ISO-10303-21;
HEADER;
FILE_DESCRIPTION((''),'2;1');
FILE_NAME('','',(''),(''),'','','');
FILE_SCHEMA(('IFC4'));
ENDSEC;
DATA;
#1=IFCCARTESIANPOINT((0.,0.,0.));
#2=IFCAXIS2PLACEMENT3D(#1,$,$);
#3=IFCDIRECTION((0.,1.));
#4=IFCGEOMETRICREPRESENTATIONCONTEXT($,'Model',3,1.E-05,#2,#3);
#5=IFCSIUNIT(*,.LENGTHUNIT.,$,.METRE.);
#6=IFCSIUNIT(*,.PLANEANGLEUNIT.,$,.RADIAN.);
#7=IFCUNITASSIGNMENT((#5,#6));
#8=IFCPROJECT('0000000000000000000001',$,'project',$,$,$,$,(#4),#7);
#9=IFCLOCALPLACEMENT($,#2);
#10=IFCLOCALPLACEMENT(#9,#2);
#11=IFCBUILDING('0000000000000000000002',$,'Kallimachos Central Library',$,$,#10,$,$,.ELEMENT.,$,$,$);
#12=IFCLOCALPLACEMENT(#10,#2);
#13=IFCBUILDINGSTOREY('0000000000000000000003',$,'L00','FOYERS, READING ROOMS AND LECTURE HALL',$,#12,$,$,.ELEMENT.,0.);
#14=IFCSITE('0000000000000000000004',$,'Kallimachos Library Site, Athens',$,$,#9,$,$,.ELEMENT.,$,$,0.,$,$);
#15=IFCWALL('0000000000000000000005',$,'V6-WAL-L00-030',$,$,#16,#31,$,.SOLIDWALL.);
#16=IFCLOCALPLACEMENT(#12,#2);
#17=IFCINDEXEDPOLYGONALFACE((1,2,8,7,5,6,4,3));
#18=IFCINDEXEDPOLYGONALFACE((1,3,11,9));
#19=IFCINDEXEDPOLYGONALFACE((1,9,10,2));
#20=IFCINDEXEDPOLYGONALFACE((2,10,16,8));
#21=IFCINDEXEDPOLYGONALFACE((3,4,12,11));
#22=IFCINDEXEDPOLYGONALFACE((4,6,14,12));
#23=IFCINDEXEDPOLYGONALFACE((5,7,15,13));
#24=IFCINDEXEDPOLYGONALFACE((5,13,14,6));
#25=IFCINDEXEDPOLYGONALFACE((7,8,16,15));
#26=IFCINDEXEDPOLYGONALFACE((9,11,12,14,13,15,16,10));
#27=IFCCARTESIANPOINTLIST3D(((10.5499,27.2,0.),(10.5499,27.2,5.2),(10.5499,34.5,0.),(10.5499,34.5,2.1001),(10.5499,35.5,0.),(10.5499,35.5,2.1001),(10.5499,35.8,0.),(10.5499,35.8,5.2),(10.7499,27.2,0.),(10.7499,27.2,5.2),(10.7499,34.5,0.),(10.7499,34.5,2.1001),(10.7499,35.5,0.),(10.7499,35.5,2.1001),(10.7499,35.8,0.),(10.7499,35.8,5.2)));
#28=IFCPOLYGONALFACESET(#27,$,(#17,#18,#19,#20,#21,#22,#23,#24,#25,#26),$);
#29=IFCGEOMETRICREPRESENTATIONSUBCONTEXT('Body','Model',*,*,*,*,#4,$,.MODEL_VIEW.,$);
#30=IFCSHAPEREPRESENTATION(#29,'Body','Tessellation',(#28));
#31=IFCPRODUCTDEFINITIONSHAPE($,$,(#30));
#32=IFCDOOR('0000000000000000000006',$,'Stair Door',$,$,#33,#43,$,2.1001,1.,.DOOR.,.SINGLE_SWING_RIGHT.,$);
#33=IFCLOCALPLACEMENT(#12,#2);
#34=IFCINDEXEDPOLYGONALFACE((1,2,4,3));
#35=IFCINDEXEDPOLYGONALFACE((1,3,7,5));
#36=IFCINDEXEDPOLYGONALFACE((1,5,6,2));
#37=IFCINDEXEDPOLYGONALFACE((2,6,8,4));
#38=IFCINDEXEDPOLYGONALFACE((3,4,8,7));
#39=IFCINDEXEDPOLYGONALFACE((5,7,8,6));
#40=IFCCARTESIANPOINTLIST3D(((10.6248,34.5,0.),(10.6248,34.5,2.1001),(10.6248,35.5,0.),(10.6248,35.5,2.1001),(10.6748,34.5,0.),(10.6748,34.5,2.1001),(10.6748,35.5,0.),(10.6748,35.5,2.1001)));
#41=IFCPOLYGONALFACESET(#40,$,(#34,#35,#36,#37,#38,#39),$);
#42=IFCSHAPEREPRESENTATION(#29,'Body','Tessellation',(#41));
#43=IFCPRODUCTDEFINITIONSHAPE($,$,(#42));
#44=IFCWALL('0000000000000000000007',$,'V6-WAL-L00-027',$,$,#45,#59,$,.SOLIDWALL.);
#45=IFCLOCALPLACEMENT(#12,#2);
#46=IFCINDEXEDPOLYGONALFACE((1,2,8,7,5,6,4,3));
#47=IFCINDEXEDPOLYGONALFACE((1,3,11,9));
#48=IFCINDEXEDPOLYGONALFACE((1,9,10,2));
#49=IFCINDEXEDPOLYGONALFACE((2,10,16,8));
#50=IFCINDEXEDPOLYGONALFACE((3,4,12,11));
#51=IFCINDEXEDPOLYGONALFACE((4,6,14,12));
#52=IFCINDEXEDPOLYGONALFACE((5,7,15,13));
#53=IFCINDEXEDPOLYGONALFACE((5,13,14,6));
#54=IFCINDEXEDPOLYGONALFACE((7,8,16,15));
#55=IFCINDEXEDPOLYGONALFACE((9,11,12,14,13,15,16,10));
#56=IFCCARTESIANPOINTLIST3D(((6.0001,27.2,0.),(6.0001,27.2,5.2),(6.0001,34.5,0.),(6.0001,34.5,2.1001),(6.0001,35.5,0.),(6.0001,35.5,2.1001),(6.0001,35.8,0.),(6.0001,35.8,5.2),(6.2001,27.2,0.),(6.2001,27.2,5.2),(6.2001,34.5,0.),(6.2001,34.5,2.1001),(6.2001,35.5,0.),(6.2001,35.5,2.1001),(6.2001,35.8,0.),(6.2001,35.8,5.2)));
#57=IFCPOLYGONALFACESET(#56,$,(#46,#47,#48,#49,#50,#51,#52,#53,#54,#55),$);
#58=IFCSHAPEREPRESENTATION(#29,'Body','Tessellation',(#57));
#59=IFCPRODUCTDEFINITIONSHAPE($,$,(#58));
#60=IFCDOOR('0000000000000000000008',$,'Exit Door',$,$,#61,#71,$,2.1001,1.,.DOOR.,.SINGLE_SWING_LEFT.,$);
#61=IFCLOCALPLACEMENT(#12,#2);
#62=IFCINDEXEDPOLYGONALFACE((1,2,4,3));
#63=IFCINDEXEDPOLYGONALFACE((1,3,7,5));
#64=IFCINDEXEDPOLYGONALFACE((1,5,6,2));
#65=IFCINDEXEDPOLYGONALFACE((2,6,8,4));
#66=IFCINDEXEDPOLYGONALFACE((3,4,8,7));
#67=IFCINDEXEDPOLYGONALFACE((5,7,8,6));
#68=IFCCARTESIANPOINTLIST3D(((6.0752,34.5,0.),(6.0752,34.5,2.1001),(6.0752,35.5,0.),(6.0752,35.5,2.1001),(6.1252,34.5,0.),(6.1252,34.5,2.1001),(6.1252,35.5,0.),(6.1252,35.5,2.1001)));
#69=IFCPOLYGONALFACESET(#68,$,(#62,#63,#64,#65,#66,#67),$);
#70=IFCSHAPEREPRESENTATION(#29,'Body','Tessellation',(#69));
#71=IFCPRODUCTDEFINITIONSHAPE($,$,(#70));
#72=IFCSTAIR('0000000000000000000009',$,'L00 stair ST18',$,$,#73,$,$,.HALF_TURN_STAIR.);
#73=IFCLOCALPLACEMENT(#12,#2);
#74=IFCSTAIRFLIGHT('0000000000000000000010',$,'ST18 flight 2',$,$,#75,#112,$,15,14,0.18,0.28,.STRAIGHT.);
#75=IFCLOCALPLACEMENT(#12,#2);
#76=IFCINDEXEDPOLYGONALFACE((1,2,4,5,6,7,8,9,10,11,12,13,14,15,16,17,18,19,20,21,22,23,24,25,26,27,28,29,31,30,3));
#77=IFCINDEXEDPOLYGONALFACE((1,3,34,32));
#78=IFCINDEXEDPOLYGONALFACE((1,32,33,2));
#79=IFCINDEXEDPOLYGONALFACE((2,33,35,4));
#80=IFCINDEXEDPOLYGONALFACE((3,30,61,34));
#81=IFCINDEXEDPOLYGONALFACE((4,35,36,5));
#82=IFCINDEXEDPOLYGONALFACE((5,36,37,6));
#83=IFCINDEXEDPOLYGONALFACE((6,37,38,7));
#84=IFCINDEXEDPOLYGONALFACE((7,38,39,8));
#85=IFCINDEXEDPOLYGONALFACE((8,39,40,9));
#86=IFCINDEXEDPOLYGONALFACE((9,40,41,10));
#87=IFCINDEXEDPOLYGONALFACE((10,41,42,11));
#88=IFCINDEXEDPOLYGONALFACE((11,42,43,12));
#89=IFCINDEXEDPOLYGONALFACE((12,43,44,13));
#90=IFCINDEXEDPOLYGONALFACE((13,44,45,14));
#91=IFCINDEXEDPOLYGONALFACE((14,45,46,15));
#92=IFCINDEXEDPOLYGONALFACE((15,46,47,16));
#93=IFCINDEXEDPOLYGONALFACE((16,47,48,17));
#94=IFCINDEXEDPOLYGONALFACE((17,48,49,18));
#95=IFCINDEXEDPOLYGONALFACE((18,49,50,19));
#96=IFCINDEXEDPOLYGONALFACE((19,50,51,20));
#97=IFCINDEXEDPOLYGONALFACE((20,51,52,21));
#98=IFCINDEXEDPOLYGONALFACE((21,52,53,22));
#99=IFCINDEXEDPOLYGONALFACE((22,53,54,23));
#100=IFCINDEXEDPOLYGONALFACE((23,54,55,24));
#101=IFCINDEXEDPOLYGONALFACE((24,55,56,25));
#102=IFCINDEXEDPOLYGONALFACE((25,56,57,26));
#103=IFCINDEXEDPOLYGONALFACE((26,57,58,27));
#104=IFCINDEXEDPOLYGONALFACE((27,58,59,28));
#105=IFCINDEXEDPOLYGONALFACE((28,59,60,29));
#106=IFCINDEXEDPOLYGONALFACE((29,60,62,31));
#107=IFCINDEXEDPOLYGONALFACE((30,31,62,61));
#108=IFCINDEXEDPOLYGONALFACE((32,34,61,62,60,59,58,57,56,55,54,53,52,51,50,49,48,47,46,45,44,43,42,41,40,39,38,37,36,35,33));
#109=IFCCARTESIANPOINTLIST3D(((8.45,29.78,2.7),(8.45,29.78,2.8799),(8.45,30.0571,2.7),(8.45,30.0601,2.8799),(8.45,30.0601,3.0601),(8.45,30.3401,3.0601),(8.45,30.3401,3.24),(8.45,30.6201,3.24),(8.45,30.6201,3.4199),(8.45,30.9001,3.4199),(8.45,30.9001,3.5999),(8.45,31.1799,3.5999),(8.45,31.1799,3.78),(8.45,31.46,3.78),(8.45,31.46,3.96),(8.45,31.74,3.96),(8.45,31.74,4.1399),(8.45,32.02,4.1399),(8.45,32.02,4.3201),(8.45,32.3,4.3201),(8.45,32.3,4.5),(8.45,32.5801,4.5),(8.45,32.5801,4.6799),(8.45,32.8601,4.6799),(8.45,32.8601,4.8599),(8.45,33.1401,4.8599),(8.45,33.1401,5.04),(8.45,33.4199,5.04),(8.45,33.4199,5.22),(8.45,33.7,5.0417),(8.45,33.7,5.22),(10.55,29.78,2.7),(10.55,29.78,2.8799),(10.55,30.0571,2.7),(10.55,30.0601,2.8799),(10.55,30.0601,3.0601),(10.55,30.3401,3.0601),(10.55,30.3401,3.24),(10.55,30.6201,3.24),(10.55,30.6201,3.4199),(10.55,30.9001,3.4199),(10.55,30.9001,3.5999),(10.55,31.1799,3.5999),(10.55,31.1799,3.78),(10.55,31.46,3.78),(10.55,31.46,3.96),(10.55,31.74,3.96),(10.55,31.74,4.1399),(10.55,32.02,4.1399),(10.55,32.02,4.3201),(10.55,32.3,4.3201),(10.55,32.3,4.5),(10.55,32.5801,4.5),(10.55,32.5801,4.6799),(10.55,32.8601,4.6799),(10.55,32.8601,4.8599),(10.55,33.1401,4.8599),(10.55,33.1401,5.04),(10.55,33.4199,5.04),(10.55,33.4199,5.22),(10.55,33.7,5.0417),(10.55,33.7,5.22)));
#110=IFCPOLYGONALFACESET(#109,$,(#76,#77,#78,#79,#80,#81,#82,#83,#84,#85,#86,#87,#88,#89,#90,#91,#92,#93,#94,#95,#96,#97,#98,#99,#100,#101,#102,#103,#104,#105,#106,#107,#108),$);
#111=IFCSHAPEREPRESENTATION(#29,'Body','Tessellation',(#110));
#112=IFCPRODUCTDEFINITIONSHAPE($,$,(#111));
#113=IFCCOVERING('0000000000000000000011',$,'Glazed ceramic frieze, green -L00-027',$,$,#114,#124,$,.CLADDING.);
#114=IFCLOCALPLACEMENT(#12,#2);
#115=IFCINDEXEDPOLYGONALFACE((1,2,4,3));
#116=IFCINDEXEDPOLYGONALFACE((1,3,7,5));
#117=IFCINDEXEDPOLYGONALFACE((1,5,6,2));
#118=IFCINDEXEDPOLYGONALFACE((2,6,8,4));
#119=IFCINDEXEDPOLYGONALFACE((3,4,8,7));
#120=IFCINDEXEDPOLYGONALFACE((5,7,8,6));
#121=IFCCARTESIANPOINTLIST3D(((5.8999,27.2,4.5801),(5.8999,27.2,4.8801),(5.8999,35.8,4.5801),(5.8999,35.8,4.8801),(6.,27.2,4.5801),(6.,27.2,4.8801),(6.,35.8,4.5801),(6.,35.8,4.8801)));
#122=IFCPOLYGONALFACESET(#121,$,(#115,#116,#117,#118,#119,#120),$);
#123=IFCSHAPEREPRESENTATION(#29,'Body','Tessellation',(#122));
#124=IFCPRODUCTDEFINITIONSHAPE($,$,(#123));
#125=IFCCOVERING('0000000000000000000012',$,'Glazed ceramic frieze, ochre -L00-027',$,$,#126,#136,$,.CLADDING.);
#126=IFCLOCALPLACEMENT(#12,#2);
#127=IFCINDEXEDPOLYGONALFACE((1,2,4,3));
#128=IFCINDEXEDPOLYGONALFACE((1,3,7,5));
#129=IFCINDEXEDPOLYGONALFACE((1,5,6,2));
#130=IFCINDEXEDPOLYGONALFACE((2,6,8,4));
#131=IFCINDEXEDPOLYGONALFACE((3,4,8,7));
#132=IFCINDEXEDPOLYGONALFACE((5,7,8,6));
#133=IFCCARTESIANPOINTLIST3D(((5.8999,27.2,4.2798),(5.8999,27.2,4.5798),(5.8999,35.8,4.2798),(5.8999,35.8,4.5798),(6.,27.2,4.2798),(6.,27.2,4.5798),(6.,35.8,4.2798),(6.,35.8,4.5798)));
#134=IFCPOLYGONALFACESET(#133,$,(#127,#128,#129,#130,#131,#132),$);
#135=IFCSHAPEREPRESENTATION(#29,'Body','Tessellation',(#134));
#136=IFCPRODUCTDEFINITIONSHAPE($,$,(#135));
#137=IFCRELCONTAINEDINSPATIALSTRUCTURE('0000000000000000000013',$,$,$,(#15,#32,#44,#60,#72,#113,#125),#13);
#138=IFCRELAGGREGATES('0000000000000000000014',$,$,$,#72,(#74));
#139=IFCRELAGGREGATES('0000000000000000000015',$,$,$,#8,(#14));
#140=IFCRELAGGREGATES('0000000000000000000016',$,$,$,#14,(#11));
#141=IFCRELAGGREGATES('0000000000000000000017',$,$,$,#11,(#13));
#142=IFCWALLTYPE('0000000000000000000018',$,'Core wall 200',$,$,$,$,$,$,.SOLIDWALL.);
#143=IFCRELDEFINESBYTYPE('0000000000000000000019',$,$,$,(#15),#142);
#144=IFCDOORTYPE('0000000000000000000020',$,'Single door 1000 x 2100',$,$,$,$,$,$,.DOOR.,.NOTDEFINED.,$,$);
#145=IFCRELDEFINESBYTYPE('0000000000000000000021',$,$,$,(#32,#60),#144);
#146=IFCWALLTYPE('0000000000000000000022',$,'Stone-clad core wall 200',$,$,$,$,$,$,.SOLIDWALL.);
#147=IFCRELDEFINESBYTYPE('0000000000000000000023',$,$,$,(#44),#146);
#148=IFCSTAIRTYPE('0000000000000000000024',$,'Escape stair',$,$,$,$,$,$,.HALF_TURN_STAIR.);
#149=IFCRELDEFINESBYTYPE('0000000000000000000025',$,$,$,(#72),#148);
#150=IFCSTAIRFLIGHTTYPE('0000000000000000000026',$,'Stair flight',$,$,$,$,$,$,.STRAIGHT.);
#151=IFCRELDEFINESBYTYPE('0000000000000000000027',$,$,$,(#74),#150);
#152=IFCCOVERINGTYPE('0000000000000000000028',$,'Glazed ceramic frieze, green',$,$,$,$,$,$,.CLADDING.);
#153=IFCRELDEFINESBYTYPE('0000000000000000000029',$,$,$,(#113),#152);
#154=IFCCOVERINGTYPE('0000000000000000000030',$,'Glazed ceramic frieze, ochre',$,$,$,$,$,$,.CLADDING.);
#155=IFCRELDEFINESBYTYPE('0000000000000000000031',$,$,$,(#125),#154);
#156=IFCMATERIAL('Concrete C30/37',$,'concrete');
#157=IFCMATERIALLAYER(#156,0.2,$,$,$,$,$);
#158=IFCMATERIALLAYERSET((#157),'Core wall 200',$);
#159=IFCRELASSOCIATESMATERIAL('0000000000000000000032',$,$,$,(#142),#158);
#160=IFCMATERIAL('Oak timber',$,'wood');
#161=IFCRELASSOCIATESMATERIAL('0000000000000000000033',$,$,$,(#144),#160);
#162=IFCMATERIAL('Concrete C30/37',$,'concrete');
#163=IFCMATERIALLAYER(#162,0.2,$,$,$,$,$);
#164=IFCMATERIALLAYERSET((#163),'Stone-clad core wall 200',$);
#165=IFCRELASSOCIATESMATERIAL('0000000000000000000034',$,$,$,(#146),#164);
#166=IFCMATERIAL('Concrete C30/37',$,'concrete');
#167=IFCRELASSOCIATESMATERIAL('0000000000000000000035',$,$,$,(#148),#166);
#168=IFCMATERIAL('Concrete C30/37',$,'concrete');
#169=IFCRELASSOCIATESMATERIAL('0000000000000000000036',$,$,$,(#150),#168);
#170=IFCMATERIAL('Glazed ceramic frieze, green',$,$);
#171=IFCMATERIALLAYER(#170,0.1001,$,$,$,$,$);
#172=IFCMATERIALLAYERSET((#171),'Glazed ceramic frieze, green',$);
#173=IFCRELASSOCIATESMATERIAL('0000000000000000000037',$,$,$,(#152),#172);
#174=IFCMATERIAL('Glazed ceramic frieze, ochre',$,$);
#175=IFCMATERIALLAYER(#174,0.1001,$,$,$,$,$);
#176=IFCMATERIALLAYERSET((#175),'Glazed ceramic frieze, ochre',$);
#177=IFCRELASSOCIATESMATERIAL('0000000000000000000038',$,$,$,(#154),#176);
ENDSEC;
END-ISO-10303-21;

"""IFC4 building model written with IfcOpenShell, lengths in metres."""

from ifc_helpers import new_model, si_unit, direction, frame, frame_2d, origin, origin_2d, place, context, subcontext, project, spatial, polyline, rectangle, outline, extrude, material, layer, layer_set, type_object, element, fill, aggregate, save


model = new_model("IFC4")

# Units and contexts
model_context = context("Model", 3, precision=1e-05, world=origin(), true_north=direction((0.0, 1.0)))
body_context = subcontext(model_context, "Body", "Model", "MODEL_VIEW")
ifc_project = project(units=[si_unit("LENGTHUNIT", "METRE"), si_unit("PLANEANGLEUNIT", "RADIAN")], contexts=[model_context])

# Site, building, storey
site_placement = place(None, origin())
site = spatial("IfcSite", under=ifc_project, at=site_placement, Name="Kallimachos Library Site, Athens", CompositionType="ELEMENT", RefElevation=0.0)
building_placement = place(site_placement, origin())
building = spatial("IfcBuilding", under=site, at=building_placement, Name="Kallimachos Central Library", CompositionType="ELEMENT")
storey_placement = place(building_placement, origin())
storey = spatial("IfcBuildingStorey", under=building, at=storey_placement, Name="L00", Description="FOYERS, READING ROOMS AND LECTURE HALL", CompositionType="ELEMENT", Elevation=0.0)

# Shared definitions
ifc_material_1 = material(Name="Concrete C30/37", Category="concrete")
ifc_layer_1 = layer(ifc_material_1, 0.2)
ifc_layer_set_1 = layer_set([ifc_layer_1], Name="Core wall 200")
wall_type_1 = type_object("IfcWallType", Name="Core wall 200", PredefinedType="SOLIDWALL", material=ifc_layer_set_1)
ifc_material_2 = material(Name="Oak timber", Category="wood")
door_type = type_object("IfcDoorType", Name="Single door 1000 x 2100", OperationType="NOTDEFINED", PredefinedType="DOOR", material=ifc_material_2)

# Walls, openings, doors
wall_1_placement = place(storey_placement, frame((10.6499, 27.2, 0.0), z_axis=(0.0, 0.0, 1.0), x_axis=(0.0, 1.0, 0.0)))
wall_1 = element("IfcWall", 1, at=wall_1_placement, inside=storey, type_object=wall_type_1, Name="V6-WAL-L00-030", PredefinedType="SOLIDWALL", context=body_context, shape_type="SweptSolid", body=[
    extrude(rectangle(XDim=8.6001, YDim=0.2, at=frame_2d((4.3, 0.0))), origin(), (0.0, 0.0, 1.0), 5.2),
])
opening_1_placement = place(wall_1_placement, frame((7.3, 0.0, 0.0)))
opening_1 = element("IfcOpeningElement", 2, at=opening_1_placement, cuts=wall_1, PredefinedType="OPENING", context=body_context, shape_type="SweptSolid", body=[
    extrude(rectangle(XDim=1.0, YDim=2.1001, at=frame_2d((0.5, 1.05))), frame((0.0, 0.1099, 0.0), z_axis=(0.0, -1.0, 0.0), x_axis=(1.0, 0.0, 0.0)), (0.0, 0.0, 1.0), 0.22),
])
door_1_placement = place(opening_1_placement, frame((1.0, 0.0, 0.0), z_axis=(0.0, 0.0, 1.0), x_axis=(-1.0, 0.0, 0.0)))
door_1 = element("IfcDoor", 3, at=door_1_placement, inside=storey, type_object=door_type, Name="Stair Door", OperationType="SINGLE_SWING_RIGHT", OverallHeight=2.1001, OverallWidth=1.0, PredefinedType="DOOR", context=body_context, shape_type="SweptSolid", body=[
    extrude(rectangle(XDim=1.0, YDim=2.1001, at=frame_2d((0.5, 1.05))), frame((0.0, 0.0249, 0.0), z_axis=(0.0, -1.0, 0.0), x_axis=(1.0, 0.0, 0.0)), (0.0, 0.0, 1.0), 0.05),
])
fill(opening_1, door_1)
ifc_material_3 = material(Name="Concrete C30/37", Category="concrete")
ifc_layer_2 = layer(ifc_material_3, 0.2)
ifc_layer_set_2 = layer_set([ifc_layer_2], Name="Stone-clad core wall 200")
wall_type_2 = type_object("IfcWallType", Name="Stone-clad core wall 200", PredefinedType="SOLIDWALL", material=ifc_layer_set_2)
wall_2_placement = place(storey_placement, frame((6.1001, 27.2, 0.0), z_axis=(0.0, 0.0, 1.0), x_axis=(0.0, 1.0, 0.0)))
wall_2 = element("IfcWall", 4, at=wall_2_placement, inside=storey, type_object=wall_type_2, Name="V6-WAL-L00-027", PredefinedType="SOLIDWALL", context=body_context, shape_type="SweptSolid", body=[
    extrude(rectangle(XDim=8.6001, YDim=0.2, at=frame_2d((4.3, 0.0))), origin(), (0.0, 0.0, 1.0), 5.2),
])
opening_2_placement = place(wall_2_placement, frame((7.3, 0.0, 0.0)))
opening_2 = element("IfcOpeningElement", 5, at=opening_2_placement, cuts=wall_2, PredefinedType="OPENING", context=body_context, shape_type="SweptSolid", body=[
    extrude(rectangle(XDim=1.0, YDim=2.1001, at=frame_2d((0.5, 1.05))), frame((0.0, 0.1099, 0.0), z_axis=(0.0, -1.0, 0.0), x_axis=(1.0, 0.0, 0.0)), (0.0, 0.0, 1.0), 0.22),
])
door_2_placement = place(opening_2_placement, origin())
door_2 = element("IfcDoor", 6, at=door_2_placement, inside=storey, type_object=door_type, Name="Exit Door", OperationType="SINGLE_SWING_LEFT", OverallHeight=2.1001, OverallWidth=1.0, PredefinedType="DOOR", context=body_context, shape_type="SweptSolid", body=[
    extrude(rectangle(XDim=1.0, YDim=2.1001, at=frame_2d((0.5, 1.05))), frame((0.0, 0.0249, 0.0), z_axis=(0.0, -1.0, 0.0), x_axis=(1.0, 0.0, 0.0)), (0.0, 0.0, 1.0), 0.05),
])
fill(opening_2, door_2)

# Stair, stair flight
ifc_material_4 = material(Name="Concrete C30/37", Category="concrete")
stair_type = type_object("IfcStairType", Name="Escape stair", PredefinedType="HALF_TURN_STAIR", material=ifc_material_4)
stair_placement = place(storey_placement, origin())
stair = element("IfcStair", 7, at=stair_placement, inside=storey, type_object=stair_type, Name="L00 stair ST18", PredefinedType="HALF_TURN_STAIR")
ifc_material_5 = material(Name="Concrete C30/37", Category="concrete")
stair_flight_type = type_object("IfcStairFlightType", Name="Stair flight", PredefinedType="STRAIGHT", material=ifc_material_5)
stair_flight_placement = place(storey_placement, frame((9.5, 29.78, 2.7), z_axis=(0.0, 0.0, 1.0), x_axis=(0.0, 1.0, 0.0)))
stair_flight = element("IfcStairFlight", 8, at=stair_flight_placement, type_object=stair_flight_type, Name="ST18 flight 2", NumberOfRisers=15, NumberOfTreads=14, PredefinedType="STRAIGHT", RiserHeight=0.18, TreadLength=0.28, context=body_context, shape_type="SweptSolid", body=[
    extrude(outline(polyline([(0.0, 0.0), (0.0, 0.1799), (0.28, 0.1799), (0.28, 0.3601), (0.5601, 0.3601), (0.5601, 0.54), (0.8401, 0.54), (0.8401, 0.72), (1.1201, 0.72), (1.1201, 0.8999), (1.3999, 0.8999), (1.3999, 1.0801), (1.6799, 1.0801), (1.6799, 1.26), (1.96, 1.26), (1.96, 1.4399), (2.24, 1.4399), (2.24, 1.6201), (2.52, 1.6201), (2.52, 1.8), (2.8, 1.8), (2.8, 1.98), (3.0801, 1.98), (3.0801, 2.1599), (3.3601, 2.1599), (3.3601, 2.3401), (3.6399, 2.3401), (3.6399, 2.52), (3.9199, 2.52), (3.9199, 2.7), (3.9199, 2.3418), (0.2771, 0.0), (0.0, 0.0)])), frame((0.0, 1.05, 0.0), z_axis=(0.0, -1.0, 0.0), x_axis=(1.0, 0.0, 0.0)), (0.0, 0.0, 1.0), 2.1001),
])
aggregate(stair, [stair_flight])

# Coverings
ifc_material_6 = material(Name="Glazed ceramic frieze, green")
ifc_layer_3 = layer(ifc_material_6, 0.1001)
ifc_layer_set_3 = layer_set([ifc_layer_3], Name="Glazed ceramic frieze, green")
covering_type_1 = type_object("IfcCoveringType", Name="Glazed ceramic frieze, green", PredefinedType="CLADDING", material=ifc_layer_set_3)
covering_1_placement = place(storey_placement, frame((5.95, 31.5, 4.5801), z_axis=(0.0, 0.0, 1.0), x_axis=(1.0, 0.0, 0.0)))
element("IfcCovering", 9, at=covering_1_placement, inside=storey, type_object=covering_type_1, Name="Glazed ceramic frieze, green -L00-027", PredefinedType="CLADDING", context=body_context, shape_type="SweptSolid", body=[
    extrude(rectangle(XDim=0.1001, YDim=8.6001, at=origin_2d()), origin(), (0.0, 0.0, 1.0), 0.3),
])
ifc_material_7 = material(Name="Glazed ceramic frieze, ochre")
ifc_layer_4 = layer(ifc_material_7, 0.1001)
ifc_layer_set_4 = layer_set([ifc_layer_4], Name="Glazed ceramic frieze, ochre")
covering_type_2 = type_object("IfcCoveringType", Name="Glazed ceramic frieze, ochre", PredefinedType="CLADDING", material=ifc_layer_set_4)
covering_2_placement = place(storey_placement, frame((5.95, 31.5, 4.2798), z_axis=(0.0, 0.0, 1.0), x_axis=(1.0, 0.0, 0.0)))
element("IfcCovering", 10, at=covering_2_placement, inside=storey, type_object=covering_type_2, Name="Glazed ceramic frieze, ochre -L00-027", PredefinedType="CLADDING", context=body_context, shape_type="SweptSolid", body=[
    extrude(rectangle(XDim=0.1001, YDim=8.6001, at=origin_2d()), origin(), (0.0, 0.0, 1.0), 0.3),
])

save(model, "model.ifc")
